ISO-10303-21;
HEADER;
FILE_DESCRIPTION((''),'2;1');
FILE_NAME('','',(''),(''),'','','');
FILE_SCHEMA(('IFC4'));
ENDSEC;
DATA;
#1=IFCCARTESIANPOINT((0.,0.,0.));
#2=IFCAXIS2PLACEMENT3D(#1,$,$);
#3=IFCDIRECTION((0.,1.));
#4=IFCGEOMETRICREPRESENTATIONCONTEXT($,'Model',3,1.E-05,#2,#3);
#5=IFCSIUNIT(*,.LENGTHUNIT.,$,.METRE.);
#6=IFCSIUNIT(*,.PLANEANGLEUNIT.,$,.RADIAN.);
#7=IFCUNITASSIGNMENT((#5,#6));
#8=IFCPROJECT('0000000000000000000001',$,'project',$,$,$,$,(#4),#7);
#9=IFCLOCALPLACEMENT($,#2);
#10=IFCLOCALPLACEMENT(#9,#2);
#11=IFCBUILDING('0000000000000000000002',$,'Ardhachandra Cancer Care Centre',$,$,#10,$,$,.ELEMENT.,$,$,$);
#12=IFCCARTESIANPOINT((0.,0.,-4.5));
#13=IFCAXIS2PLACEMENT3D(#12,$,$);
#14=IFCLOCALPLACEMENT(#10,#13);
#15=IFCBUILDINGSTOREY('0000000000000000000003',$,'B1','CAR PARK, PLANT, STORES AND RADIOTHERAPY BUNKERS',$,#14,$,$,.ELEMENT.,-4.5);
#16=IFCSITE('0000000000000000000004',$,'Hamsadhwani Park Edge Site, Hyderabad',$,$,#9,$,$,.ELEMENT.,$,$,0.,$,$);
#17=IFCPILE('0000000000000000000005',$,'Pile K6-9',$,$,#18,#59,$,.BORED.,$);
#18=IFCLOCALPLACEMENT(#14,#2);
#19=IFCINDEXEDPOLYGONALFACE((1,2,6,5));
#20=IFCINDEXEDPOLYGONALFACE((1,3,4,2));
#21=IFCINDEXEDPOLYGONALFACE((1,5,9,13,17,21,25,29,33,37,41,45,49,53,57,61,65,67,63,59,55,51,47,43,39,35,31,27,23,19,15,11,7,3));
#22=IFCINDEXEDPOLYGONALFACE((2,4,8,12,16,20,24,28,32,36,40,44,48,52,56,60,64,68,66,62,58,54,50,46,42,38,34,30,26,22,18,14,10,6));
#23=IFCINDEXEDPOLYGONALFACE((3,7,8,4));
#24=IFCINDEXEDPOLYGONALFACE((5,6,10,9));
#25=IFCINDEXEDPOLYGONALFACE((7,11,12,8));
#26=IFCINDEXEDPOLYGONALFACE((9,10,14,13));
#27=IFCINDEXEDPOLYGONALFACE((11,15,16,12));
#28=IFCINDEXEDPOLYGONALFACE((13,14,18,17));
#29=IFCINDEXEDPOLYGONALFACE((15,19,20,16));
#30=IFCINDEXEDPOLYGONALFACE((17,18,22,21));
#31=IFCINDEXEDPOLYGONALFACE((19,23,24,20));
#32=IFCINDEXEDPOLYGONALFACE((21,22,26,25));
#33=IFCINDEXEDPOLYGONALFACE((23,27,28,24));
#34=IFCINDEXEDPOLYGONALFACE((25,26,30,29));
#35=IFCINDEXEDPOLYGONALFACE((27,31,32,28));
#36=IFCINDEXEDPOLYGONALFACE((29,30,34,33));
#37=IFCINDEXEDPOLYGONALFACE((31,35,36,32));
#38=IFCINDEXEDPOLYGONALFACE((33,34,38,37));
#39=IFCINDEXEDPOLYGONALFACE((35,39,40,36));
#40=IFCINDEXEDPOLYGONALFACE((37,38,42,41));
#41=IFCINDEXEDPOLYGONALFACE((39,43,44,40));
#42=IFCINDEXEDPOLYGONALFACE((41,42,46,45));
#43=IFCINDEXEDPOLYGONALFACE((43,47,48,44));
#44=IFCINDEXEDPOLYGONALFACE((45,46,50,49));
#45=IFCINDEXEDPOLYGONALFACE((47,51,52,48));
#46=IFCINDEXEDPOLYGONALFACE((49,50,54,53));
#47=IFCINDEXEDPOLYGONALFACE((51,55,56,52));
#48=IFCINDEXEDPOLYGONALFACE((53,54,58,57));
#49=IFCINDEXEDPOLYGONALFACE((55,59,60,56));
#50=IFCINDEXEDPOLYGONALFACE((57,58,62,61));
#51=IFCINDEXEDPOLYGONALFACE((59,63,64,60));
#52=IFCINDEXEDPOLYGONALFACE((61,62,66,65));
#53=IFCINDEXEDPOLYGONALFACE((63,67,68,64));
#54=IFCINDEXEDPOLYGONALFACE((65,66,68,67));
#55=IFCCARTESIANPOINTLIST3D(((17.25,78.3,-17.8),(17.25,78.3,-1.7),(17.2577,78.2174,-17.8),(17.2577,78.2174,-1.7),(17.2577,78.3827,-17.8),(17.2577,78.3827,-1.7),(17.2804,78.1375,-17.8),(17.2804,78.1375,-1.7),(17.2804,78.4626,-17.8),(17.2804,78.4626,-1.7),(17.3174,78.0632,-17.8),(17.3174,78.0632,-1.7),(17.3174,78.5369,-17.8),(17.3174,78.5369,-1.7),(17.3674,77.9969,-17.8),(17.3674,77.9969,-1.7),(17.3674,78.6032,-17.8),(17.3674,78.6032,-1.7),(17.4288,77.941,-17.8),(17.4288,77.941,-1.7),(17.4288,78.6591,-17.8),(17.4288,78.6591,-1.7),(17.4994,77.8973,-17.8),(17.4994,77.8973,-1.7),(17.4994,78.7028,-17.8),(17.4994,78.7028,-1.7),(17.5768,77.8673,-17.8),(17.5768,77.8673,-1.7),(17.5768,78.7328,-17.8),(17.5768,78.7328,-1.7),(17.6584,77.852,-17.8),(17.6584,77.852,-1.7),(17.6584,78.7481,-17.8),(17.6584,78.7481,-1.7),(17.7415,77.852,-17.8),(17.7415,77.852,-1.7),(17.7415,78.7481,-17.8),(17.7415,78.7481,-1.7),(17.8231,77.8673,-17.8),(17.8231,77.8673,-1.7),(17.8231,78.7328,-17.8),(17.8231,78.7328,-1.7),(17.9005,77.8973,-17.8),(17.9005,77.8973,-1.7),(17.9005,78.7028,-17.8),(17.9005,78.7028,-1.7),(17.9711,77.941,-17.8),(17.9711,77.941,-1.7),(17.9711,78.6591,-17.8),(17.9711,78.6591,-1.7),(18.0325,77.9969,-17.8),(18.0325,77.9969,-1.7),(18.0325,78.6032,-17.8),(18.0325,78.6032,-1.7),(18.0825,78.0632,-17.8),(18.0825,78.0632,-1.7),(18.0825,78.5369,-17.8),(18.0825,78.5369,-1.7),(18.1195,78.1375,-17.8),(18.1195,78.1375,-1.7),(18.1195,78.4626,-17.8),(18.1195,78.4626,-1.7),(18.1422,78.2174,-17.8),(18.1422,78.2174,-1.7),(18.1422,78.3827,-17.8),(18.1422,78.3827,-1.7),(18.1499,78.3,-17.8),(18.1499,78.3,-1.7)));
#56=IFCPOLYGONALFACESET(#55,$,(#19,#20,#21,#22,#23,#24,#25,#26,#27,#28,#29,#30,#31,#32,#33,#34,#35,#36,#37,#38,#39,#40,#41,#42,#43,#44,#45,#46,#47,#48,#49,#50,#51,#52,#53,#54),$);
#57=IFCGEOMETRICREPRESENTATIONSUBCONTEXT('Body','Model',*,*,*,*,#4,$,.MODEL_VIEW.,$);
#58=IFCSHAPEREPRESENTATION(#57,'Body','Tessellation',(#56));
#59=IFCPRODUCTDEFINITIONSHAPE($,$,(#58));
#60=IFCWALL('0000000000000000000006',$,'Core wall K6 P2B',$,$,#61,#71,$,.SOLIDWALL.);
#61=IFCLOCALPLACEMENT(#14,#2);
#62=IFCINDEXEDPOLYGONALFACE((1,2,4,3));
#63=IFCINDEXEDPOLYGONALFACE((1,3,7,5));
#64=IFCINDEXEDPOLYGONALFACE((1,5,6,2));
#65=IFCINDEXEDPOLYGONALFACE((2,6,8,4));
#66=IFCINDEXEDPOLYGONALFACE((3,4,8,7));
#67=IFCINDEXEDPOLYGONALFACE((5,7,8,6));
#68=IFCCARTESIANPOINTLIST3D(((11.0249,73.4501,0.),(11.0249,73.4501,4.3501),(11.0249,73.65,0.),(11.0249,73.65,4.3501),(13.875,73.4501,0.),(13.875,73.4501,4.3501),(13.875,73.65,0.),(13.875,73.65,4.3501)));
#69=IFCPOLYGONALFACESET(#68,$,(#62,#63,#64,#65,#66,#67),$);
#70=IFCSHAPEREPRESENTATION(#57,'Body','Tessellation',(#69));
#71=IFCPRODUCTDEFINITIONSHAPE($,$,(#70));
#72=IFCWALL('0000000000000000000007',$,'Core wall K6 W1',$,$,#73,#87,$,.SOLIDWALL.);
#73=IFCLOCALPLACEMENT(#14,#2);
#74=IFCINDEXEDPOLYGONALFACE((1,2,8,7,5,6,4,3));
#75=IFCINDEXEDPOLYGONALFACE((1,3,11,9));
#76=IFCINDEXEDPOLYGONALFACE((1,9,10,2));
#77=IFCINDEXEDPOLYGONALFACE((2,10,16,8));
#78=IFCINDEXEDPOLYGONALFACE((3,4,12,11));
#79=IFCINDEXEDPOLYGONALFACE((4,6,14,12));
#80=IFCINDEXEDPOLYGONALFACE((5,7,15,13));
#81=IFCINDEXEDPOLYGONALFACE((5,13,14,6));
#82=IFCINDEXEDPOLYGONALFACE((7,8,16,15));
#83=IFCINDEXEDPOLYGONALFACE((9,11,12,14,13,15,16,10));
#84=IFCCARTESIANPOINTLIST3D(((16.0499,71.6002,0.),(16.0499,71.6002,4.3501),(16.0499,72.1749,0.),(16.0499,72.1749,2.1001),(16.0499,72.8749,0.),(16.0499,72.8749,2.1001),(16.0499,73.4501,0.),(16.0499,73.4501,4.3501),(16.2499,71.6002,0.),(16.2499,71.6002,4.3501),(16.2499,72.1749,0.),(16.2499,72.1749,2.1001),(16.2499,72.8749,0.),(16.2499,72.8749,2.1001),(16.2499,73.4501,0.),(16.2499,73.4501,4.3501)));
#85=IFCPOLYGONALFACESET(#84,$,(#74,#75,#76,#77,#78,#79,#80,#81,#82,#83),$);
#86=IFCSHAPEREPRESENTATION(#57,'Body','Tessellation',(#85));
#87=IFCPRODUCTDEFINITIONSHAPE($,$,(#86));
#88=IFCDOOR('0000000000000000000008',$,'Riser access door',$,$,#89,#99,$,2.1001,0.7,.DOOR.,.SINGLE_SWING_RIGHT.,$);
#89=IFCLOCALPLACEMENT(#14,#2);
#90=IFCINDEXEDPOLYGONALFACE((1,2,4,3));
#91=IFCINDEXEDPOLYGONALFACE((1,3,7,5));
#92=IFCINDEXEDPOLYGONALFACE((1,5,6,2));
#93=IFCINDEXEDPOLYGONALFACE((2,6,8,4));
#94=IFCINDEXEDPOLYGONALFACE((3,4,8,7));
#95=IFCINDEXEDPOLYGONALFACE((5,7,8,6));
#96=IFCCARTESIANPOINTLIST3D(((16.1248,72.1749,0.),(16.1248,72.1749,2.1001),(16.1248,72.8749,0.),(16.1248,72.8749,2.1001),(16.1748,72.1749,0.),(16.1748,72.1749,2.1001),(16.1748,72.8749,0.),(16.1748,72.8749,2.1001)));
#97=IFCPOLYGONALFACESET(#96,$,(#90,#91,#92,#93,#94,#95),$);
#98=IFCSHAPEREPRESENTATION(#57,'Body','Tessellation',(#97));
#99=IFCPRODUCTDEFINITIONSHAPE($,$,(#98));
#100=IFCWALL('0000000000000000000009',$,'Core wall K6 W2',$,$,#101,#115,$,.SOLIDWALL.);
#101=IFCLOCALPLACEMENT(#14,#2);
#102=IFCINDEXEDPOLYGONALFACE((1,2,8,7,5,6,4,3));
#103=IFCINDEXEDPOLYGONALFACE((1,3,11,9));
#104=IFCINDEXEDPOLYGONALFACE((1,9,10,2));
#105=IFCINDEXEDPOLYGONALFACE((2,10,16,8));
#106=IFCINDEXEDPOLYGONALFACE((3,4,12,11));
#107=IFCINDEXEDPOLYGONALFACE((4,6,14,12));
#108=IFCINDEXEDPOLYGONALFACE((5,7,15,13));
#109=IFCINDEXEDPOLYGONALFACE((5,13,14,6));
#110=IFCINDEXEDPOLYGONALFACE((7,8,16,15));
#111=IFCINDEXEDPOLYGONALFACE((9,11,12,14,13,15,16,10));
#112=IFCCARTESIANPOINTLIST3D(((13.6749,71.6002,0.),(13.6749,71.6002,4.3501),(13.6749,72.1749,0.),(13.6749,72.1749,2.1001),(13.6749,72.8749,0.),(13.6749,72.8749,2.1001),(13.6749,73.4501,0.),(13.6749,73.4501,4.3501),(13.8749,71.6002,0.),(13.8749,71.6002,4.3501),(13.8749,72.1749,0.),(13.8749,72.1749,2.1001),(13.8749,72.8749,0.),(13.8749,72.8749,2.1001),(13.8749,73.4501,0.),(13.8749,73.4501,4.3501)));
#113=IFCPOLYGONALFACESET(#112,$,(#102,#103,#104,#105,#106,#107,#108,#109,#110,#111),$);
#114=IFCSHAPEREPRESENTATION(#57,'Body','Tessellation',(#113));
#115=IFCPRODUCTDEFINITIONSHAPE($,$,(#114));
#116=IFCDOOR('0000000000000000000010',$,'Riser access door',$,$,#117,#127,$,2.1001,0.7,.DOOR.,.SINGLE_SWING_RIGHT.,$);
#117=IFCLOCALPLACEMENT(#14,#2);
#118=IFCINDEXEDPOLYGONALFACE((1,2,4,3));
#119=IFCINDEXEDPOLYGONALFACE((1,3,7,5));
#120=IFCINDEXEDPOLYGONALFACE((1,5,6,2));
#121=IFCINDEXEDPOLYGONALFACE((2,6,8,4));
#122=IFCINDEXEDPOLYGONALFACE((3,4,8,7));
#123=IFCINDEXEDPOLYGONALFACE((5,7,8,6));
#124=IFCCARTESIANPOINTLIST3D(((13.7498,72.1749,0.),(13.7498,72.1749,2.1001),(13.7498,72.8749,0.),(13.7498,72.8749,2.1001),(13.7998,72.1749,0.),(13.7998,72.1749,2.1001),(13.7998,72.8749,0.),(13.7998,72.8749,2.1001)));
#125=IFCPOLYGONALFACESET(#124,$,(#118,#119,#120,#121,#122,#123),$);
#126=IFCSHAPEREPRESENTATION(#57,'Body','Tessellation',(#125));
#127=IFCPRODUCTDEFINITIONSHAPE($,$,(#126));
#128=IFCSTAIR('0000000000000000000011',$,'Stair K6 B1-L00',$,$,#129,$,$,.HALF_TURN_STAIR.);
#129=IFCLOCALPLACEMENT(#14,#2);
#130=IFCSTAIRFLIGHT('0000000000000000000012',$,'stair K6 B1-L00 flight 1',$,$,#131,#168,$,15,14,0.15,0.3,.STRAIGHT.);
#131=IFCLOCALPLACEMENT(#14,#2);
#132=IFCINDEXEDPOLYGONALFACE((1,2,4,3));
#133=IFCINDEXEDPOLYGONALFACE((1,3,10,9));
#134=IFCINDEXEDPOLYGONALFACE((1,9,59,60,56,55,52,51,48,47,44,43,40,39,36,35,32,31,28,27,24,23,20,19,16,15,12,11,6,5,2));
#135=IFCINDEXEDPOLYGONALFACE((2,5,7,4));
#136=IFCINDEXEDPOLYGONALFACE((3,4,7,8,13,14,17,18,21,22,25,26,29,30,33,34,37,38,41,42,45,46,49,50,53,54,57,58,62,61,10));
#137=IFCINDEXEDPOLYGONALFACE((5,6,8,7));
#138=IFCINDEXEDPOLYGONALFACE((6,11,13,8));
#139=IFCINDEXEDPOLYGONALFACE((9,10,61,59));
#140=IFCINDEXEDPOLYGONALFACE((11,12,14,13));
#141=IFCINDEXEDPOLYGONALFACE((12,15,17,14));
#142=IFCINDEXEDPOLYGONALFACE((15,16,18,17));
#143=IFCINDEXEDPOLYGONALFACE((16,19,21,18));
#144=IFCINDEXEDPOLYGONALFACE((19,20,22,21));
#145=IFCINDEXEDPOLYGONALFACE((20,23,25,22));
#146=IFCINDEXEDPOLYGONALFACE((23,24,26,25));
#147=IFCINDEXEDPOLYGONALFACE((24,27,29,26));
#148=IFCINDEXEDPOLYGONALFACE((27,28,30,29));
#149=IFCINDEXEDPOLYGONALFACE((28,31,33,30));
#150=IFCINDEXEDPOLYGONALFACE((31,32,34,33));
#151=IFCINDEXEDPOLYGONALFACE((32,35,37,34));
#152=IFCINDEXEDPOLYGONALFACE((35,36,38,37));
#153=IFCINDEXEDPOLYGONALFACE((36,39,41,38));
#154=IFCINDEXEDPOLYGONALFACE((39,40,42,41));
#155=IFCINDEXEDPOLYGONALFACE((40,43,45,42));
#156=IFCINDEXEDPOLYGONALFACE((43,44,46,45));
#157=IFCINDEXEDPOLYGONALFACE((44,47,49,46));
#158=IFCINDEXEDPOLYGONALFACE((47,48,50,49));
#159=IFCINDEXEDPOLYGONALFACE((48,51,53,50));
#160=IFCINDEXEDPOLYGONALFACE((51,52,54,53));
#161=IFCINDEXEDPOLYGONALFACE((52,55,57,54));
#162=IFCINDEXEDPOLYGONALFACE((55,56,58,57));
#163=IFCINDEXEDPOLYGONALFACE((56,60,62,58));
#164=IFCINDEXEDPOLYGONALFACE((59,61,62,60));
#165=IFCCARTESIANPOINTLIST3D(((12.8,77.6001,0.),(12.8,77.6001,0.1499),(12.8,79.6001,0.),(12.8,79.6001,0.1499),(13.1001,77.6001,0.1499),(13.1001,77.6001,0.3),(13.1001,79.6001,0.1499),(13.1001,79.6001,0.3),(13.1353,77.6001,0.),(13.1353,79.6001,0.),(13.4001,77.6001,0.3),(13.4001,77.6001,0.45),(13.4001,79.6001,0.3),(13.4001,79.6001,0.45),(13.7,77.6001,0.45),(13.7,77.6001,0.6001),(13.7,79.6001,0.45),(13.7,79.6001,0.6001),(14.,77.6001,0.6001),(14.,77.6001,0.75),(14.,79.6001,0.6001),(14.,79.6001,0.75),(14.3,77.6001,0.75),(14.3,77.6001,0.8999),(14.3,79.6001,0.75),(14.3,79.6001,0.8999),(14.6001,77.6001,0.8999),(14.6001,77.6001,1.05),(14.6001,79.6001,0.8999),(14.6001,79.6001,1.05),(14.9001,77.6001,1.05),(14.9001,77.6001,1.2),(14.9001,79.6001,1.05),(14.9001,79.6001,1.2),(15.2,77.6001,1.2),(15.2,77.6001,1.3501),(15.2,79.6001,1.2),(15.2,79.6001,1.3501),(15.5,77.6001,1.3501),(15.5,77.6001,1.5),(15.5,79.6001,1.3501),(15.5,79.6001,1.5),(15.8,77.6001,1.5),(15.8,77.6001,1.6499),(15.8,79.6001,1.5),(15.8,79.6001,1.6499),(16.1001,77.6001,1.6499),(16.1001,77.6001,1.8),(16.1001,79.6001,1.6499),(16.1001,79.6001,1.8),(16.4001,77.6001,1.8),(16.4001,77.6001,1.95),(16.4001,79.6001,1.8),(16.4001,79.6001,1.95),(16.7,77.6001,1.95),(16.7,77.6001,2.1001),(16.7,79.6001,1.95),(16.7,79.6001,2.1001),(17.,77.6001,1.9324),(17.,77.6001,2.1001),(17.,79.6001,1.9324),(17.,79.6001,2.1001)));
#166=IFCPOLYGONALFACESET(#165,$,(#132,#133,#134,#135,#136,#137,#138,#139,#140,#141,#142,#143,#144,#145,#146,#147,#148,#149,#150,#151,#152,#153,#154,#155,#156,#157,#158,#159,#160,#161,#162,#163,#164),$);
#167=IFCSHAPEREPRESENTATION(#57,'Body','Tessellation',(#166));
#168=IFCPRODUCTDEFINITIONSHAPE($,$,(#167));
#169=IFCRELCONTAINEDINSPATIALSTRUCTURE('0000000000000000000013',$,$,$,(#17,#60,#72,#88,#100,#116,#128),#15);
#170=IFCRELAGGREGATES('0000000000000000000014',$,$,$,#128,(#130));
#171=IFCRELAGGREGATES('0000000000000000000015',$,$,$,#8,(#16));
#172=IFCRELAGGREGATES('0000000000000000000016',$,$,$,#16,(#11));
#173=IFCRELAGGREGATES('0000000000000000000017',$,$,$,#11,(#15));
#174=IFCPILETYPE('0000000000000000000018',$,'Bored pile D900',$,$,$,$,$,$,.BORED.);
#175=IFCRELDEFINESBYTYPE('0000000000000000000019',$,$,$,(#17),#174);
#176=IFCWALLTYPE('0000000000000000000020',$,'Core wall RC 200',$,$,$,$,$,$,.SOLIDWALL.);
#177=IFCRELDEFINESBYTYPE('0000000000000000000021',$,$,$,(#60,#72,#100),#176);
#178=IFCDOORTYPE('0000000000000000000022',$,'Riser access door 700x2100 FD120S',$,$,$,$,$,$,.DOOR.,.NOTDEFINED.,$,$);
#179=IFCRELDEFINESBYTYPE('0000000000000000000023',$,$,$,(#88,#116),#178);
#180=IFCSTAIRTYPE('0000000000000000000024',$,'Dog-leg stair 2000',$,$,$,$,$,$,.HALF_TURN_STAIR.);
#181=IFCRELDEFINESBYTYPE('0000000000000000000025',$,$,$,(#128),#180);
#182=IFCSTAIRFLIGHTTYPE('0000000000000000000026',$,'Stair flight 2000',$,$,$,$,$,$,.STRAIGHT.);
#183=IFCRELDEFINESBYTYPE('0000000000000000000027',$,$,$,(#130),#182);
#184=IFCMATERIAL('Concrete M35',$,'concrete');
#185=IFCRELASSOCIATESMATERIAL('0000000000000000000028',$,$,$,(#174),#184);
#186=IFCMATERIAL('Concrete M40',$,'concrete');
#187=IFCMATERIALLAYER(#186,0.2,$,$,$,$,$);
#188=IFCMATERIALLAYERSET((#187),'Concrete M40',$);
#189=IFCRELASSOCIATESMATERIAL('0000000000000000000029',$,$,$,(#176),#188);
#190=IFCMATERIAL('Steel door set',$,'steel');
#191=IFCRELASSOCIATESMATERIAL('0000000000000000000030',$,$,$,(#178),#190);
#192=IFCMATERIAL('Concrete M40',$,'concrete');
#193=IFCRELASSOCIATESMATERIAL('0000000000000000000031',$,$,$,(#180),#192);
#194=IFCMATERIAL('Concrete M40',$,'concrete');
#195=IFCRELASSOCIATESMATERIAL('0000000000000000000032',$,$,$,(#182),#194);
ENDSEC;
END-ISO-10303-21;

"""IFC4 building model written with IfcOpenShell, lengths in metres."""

from ifc_helpers import new_model, si_unit, direction, frame, frame_2d, origin, origin_2d, place, context, subcontext, project, spatial, polyline, rectangle, circle, outline, extrude, material, layer, layer_set, material_profile, profile_set, type_object, element, fill, aggregate, save


model = new_model("IFC4")

# Units and contexts
model_context = context("Model", 3, precision=1e-05, world=origin(), true_north=direction((0.0, 1.0)))
body_context = subcontext(model_context, "Body", "Model", "MODEL_VIEW")
ifc_project = project(units=[si_unit("LENGTHUNIT", "METRE"), si_unit("PLANEANGLEUNIT", "RADIAN")], contexts=[model_context])

# Site, building, storey
site_placement = place(None, origin())
site = spatial("IfcSite", under=ifc_project, at=site_placement, Name="Hamsadhwani Park Edge Site, Hyderabad", CompositionType="ELEMENT", RefElevation=0.0)
building_placement = place(site_placement, origin())
building = spatial("IfcBuilding", under=site, at=building_placement, Name="Ardhachandra Cancer Care Centre", CompositionType="ELEMENT")
storey_placement = place(building_placement, frame((0.0, 0.0, -4.5)))
storey = spatial("IfcBuildingStorey", under=building, at=storey_placement, Name="B1", Description="CAR PARK, PLANT, STORES AND RADIOTHERAPY BUNKERS", CompositionType="ELEMENT", Elevation=-4.5)

# Pile
ifc_material_1 = material(Name="Concrete M35", Category="concrete")
ifc_material_profile = material_profile(ifc_material_1, circle(Radius=0.45, at=origin_2d()), Name="D900")
ifc_profile_set = profile_set([ifc_material_profile], Name="Concrete M35")
pile_type = type_object("IfcPileType", Name="Bored pile D900", PredefinedType="BORED", material=ifc_profile_set)
for number, where, z_axis, x_axis, name in (
    (1, (17.7, 78.3, -1.7), (0.0, 0.0, -1.0), (1.0, 0.0, 0.0), "Pile K6-9"),
):
    element("IfcPile", number, at=place(storey_placement, frame(where, z_axis=z_axis, x_axis=x_axis)), inside=storey, type_object=pile_type, Name=name, PredefinedType="BORED", context=body_context, shape_type="SweptSolid", body=[
        extrude(circle(Radius=0.45, at=origin_2d()), origin(), (0.0, 0.0, 1.0), 16.1001),
    ])

# Wall
ifc_material_2 = material(Name="Concrete M40", Category="concrete")
ifc_layer = layer(ifc_material_2, 0.2)
ifc_layer_set = layer_set([ifc_layer], Name="Concrete M40")
wall_type = type_object("IfcWallType", Name="Core wall RC 200", PredefinedType="SOLIDWALL", material=ifc_layer_set)
wall_1_placement = place(storey_placement, frame((13.875, 73.55, 0.0), z_axis=(0.0, 0.0, 1.0), x_axis=(-1.0, 0.0, 0.0)))
element("IfcWall", 2, at=wall_1_placement, inside=storey, type_object=wall_type, Name="Core wall K6 P2B", PredefinedType="SOLIDWALL", context=body_context, shape_type="SweptSolid", body=[
    extrude(rectangle(XDim=2.8501, YDim=0.2, at=frame_2d((1.425, 0.0))), origin(), (0.0, 0.0, 1.0), 4.3501),
])

# Walls, openings, doors
wall_2_placement = place(storey_placement, frame((16.1499, 73.45, 0.0), z_axis=(0.0, 0.0, 1.0), x_axis=(0.0, -1.0, 0.0)))
wall_2 = element("IfcWall", 3, at=wall_2_placement, inside=storey, type_object=wall_type, Name="Core wall K6 W1", PredefinedType="SOLIDWALL", context=body_context, shape_type="SweptSolid", body=[
    extrude(rectangle(XDim=1.8499, YDim=0.2, at=frame_2d((0.9248, 0.0))), origin(), (0.0, 0.0, 1.0), 4.3501),
])
opening_1_placement = place(wall_2_placement, frame((0.575, 0.0, 0.0)))
opening_1 = element("IfcOpeningElement", 4, at=opening_1_placement, cuts=wall_2, PredefinedType="OPENING", context=body_context, shape_type="SweptSolid", body=[
    extrude(rectangle(XDim=0.7, YDim=2.1001, at=frame_2d((0.3501, 1.05))), frame((0.0, 0.1099, 0.0), z_axis=(0.0, -1.0, 0.0), x_axis=(1.0, 0.0, 0.0)), (0.0, 0.0, 1.0), 0.22),
])
ifc_material_3 = material(Name="Steel door set", Category="steel")
door_type = type_object("IfcDoorType", Name="Riser access door 700x2100 FD120S", OperationType="NOTDEFINED", PredefinedType="DOOR", material=ifc_material_3)
door_1_placement = place(opening_1_placement, origin())
door_1 = element("IfcDoor", 5, at=door_1_placement, inside=storey, type_object=door_type, Name="Riser access door", OperationType="SINGLE_SWING_RIGHT", OverallHeight=2.1001, OverallWidth=0.7, PredefinedType="DOOR", context=body_context, shape_type="SweptSolid", body=[
    extrude(rectangle(XDim=0.7, YDim=2.1001, at=frame_2d((0.3501, 1.05))), frame((0.0, 0.0249, 0.0), z_axis=(0.0, -1.0, 0.0), x_axis=(1.0, 0.0, 0.0)), (0.0, 0.0, 1.0), 0.05),
])
fill(opening_1, door_1)
wall_3_placement = place(storey_placement, frame((13.7749, 73.45, 0.0), z_axis=(0.0, 0.0, 1.0), x_axis=(0.0, -1.0, 0.0)))
wall_3 = element("IfcWall", 6, at=wall_3_placement, inside=storey, type_object=wall_type, Name="Core wall K6 W2", PredefinedType="SOLIDWALL", context=body_context, shape_type="SweptSolid", body=[
    extrude(rectangle(XDim=1.8499, YDim=0.2, at=frame_2d((0.9248, 0.0))), origin(), (0.0, 0.0, 1.0), 4.3501),
])
opening_2_placement = place(wall_3_placement, frame((0.575, 0.0, 0.0)))
opening_2 = element("IfcOpeningElement", 7, at=opening_2_placement, cuts=wall_3, PredefinedType="OPENING", context=body_context, shape_type="SweptSolid", body=[
    extrude(rectangle(XDim=0.7, YDim=2.1001, at=frame_2d((0.3501, 1.05))), frame((0.0, 0.1099, 0.0), z_axis=(0.0, -1.0, 0.0), x_axis=(1.0, 0.0, 0.0)), (0.0, 0.0, 1.0), 0.22),
])
door_2_placement = place(opening_2_placement, origin())
door_2 = element("IfcDoor", 8, at=door_2_placement, inside=storey, type_object=door_type, Name="Riser access door", OperationType="SINGLE_SWING_RIGHT", OverallHeight=2.1001, OverallWidth=0.7, PredefinedType="DOOR", context=body_context, shape_type="SweptSolid", body=[
    extrude(rectangle(XDim=0.7, YDim=2.1001, at=frame_2d((0.3501, 1.05))), frame((0.0, 0.0249, 0.0), z_axis=(0.0, -1.0, 0.0), x_axis=(1.0, 0.0, 0.0)), (0.0, 0.0, 1.0), 0.05),
])
fill(opening_2, door_2)

# Stair, stair flight
ifc_material_4 = material(Name="Concrete M40", Category="concrete")
stair_type = type_object("IfcStairType", Name="Dog-leg stair 2000", PredefinedType="HALF_TURN_STAIR", material=ifc_material_4)
stair_placement = place(storey_placement, origin())
stair = element("IfcStair", 9, at=stair_placement, inside=storey, type_object=stair_type, Name="Stair K6 B1-L00", PredefinedType="HALF_TURN_STAIR")
ifc_material_5 = material(Name="Concrete M40", Category="concrete")
stair_flight_type = type_object("IfcStairFlightType", Name="Stair flight 2000", PredefinedType="STRAIGHT", material=ifc_material_5)
stair_flight_1_placement = place(storey_placement, frame((12.8, 78.6001, 0.0), z_axis=(0.0, 0.0, 1.0), x_axis=(1.0, 0.0, 0.0)))
stair_flight_1 = element("IfcStairFlight", 10, at=stair_flight_1_placement, type_object=stair_flight_type, Name="stair K6 B1-L00 flight 1", NumberOfRisers=15, NumberOfTreads=14, PredefinedType="STRAIGHT", RiserHeight=0.15, TreadLength=0.3, context=body_context, shape_type="SweptSolid", body=[
    extrude(outline(polyline([(0.0, 0.0), (0.0, 0.1499), (0.3, 0.1499), (0.3, 0.3), (0.6001, 0.3), (0.6001, 0.45), (0.8999, 0.45), (0.8999, 0.6001), (1.2, 0.6001), (1.2, 0.75), (1.5, 0.75), (1.5, 0.8999), (1.8, 0.8999), (1.8, 1.05), (2.1001, 1.05), (2.1001, 1.2), (2.3999, 1.2), (2.3999, 1.3501), (2.7, 1.3501), (2.7, 1.5), (3.0, 1.5), (3.0, 1.6499), (3.3, 1.6499), (3.3, 1.8), (3.6001, 1.8), (3.6001, 1.95), (3.8999, 1.95), (3.8999, 2.1001), (4.2, 2.1001), (4.2, 2.25), (4.2, 1.9324), (0.3352, 0.0), (0.0, 0.0)])), frame((0.0, 1.0, 0.0), z_axis=(0.0, -1.0, 0.0), x_axis=(1.0, 0.0, 0.0)), (0.0, 0.0, 1.0), 2.0),
])
aggregate(stair, [stair_flight_1])

save(model, "model.ifc")
